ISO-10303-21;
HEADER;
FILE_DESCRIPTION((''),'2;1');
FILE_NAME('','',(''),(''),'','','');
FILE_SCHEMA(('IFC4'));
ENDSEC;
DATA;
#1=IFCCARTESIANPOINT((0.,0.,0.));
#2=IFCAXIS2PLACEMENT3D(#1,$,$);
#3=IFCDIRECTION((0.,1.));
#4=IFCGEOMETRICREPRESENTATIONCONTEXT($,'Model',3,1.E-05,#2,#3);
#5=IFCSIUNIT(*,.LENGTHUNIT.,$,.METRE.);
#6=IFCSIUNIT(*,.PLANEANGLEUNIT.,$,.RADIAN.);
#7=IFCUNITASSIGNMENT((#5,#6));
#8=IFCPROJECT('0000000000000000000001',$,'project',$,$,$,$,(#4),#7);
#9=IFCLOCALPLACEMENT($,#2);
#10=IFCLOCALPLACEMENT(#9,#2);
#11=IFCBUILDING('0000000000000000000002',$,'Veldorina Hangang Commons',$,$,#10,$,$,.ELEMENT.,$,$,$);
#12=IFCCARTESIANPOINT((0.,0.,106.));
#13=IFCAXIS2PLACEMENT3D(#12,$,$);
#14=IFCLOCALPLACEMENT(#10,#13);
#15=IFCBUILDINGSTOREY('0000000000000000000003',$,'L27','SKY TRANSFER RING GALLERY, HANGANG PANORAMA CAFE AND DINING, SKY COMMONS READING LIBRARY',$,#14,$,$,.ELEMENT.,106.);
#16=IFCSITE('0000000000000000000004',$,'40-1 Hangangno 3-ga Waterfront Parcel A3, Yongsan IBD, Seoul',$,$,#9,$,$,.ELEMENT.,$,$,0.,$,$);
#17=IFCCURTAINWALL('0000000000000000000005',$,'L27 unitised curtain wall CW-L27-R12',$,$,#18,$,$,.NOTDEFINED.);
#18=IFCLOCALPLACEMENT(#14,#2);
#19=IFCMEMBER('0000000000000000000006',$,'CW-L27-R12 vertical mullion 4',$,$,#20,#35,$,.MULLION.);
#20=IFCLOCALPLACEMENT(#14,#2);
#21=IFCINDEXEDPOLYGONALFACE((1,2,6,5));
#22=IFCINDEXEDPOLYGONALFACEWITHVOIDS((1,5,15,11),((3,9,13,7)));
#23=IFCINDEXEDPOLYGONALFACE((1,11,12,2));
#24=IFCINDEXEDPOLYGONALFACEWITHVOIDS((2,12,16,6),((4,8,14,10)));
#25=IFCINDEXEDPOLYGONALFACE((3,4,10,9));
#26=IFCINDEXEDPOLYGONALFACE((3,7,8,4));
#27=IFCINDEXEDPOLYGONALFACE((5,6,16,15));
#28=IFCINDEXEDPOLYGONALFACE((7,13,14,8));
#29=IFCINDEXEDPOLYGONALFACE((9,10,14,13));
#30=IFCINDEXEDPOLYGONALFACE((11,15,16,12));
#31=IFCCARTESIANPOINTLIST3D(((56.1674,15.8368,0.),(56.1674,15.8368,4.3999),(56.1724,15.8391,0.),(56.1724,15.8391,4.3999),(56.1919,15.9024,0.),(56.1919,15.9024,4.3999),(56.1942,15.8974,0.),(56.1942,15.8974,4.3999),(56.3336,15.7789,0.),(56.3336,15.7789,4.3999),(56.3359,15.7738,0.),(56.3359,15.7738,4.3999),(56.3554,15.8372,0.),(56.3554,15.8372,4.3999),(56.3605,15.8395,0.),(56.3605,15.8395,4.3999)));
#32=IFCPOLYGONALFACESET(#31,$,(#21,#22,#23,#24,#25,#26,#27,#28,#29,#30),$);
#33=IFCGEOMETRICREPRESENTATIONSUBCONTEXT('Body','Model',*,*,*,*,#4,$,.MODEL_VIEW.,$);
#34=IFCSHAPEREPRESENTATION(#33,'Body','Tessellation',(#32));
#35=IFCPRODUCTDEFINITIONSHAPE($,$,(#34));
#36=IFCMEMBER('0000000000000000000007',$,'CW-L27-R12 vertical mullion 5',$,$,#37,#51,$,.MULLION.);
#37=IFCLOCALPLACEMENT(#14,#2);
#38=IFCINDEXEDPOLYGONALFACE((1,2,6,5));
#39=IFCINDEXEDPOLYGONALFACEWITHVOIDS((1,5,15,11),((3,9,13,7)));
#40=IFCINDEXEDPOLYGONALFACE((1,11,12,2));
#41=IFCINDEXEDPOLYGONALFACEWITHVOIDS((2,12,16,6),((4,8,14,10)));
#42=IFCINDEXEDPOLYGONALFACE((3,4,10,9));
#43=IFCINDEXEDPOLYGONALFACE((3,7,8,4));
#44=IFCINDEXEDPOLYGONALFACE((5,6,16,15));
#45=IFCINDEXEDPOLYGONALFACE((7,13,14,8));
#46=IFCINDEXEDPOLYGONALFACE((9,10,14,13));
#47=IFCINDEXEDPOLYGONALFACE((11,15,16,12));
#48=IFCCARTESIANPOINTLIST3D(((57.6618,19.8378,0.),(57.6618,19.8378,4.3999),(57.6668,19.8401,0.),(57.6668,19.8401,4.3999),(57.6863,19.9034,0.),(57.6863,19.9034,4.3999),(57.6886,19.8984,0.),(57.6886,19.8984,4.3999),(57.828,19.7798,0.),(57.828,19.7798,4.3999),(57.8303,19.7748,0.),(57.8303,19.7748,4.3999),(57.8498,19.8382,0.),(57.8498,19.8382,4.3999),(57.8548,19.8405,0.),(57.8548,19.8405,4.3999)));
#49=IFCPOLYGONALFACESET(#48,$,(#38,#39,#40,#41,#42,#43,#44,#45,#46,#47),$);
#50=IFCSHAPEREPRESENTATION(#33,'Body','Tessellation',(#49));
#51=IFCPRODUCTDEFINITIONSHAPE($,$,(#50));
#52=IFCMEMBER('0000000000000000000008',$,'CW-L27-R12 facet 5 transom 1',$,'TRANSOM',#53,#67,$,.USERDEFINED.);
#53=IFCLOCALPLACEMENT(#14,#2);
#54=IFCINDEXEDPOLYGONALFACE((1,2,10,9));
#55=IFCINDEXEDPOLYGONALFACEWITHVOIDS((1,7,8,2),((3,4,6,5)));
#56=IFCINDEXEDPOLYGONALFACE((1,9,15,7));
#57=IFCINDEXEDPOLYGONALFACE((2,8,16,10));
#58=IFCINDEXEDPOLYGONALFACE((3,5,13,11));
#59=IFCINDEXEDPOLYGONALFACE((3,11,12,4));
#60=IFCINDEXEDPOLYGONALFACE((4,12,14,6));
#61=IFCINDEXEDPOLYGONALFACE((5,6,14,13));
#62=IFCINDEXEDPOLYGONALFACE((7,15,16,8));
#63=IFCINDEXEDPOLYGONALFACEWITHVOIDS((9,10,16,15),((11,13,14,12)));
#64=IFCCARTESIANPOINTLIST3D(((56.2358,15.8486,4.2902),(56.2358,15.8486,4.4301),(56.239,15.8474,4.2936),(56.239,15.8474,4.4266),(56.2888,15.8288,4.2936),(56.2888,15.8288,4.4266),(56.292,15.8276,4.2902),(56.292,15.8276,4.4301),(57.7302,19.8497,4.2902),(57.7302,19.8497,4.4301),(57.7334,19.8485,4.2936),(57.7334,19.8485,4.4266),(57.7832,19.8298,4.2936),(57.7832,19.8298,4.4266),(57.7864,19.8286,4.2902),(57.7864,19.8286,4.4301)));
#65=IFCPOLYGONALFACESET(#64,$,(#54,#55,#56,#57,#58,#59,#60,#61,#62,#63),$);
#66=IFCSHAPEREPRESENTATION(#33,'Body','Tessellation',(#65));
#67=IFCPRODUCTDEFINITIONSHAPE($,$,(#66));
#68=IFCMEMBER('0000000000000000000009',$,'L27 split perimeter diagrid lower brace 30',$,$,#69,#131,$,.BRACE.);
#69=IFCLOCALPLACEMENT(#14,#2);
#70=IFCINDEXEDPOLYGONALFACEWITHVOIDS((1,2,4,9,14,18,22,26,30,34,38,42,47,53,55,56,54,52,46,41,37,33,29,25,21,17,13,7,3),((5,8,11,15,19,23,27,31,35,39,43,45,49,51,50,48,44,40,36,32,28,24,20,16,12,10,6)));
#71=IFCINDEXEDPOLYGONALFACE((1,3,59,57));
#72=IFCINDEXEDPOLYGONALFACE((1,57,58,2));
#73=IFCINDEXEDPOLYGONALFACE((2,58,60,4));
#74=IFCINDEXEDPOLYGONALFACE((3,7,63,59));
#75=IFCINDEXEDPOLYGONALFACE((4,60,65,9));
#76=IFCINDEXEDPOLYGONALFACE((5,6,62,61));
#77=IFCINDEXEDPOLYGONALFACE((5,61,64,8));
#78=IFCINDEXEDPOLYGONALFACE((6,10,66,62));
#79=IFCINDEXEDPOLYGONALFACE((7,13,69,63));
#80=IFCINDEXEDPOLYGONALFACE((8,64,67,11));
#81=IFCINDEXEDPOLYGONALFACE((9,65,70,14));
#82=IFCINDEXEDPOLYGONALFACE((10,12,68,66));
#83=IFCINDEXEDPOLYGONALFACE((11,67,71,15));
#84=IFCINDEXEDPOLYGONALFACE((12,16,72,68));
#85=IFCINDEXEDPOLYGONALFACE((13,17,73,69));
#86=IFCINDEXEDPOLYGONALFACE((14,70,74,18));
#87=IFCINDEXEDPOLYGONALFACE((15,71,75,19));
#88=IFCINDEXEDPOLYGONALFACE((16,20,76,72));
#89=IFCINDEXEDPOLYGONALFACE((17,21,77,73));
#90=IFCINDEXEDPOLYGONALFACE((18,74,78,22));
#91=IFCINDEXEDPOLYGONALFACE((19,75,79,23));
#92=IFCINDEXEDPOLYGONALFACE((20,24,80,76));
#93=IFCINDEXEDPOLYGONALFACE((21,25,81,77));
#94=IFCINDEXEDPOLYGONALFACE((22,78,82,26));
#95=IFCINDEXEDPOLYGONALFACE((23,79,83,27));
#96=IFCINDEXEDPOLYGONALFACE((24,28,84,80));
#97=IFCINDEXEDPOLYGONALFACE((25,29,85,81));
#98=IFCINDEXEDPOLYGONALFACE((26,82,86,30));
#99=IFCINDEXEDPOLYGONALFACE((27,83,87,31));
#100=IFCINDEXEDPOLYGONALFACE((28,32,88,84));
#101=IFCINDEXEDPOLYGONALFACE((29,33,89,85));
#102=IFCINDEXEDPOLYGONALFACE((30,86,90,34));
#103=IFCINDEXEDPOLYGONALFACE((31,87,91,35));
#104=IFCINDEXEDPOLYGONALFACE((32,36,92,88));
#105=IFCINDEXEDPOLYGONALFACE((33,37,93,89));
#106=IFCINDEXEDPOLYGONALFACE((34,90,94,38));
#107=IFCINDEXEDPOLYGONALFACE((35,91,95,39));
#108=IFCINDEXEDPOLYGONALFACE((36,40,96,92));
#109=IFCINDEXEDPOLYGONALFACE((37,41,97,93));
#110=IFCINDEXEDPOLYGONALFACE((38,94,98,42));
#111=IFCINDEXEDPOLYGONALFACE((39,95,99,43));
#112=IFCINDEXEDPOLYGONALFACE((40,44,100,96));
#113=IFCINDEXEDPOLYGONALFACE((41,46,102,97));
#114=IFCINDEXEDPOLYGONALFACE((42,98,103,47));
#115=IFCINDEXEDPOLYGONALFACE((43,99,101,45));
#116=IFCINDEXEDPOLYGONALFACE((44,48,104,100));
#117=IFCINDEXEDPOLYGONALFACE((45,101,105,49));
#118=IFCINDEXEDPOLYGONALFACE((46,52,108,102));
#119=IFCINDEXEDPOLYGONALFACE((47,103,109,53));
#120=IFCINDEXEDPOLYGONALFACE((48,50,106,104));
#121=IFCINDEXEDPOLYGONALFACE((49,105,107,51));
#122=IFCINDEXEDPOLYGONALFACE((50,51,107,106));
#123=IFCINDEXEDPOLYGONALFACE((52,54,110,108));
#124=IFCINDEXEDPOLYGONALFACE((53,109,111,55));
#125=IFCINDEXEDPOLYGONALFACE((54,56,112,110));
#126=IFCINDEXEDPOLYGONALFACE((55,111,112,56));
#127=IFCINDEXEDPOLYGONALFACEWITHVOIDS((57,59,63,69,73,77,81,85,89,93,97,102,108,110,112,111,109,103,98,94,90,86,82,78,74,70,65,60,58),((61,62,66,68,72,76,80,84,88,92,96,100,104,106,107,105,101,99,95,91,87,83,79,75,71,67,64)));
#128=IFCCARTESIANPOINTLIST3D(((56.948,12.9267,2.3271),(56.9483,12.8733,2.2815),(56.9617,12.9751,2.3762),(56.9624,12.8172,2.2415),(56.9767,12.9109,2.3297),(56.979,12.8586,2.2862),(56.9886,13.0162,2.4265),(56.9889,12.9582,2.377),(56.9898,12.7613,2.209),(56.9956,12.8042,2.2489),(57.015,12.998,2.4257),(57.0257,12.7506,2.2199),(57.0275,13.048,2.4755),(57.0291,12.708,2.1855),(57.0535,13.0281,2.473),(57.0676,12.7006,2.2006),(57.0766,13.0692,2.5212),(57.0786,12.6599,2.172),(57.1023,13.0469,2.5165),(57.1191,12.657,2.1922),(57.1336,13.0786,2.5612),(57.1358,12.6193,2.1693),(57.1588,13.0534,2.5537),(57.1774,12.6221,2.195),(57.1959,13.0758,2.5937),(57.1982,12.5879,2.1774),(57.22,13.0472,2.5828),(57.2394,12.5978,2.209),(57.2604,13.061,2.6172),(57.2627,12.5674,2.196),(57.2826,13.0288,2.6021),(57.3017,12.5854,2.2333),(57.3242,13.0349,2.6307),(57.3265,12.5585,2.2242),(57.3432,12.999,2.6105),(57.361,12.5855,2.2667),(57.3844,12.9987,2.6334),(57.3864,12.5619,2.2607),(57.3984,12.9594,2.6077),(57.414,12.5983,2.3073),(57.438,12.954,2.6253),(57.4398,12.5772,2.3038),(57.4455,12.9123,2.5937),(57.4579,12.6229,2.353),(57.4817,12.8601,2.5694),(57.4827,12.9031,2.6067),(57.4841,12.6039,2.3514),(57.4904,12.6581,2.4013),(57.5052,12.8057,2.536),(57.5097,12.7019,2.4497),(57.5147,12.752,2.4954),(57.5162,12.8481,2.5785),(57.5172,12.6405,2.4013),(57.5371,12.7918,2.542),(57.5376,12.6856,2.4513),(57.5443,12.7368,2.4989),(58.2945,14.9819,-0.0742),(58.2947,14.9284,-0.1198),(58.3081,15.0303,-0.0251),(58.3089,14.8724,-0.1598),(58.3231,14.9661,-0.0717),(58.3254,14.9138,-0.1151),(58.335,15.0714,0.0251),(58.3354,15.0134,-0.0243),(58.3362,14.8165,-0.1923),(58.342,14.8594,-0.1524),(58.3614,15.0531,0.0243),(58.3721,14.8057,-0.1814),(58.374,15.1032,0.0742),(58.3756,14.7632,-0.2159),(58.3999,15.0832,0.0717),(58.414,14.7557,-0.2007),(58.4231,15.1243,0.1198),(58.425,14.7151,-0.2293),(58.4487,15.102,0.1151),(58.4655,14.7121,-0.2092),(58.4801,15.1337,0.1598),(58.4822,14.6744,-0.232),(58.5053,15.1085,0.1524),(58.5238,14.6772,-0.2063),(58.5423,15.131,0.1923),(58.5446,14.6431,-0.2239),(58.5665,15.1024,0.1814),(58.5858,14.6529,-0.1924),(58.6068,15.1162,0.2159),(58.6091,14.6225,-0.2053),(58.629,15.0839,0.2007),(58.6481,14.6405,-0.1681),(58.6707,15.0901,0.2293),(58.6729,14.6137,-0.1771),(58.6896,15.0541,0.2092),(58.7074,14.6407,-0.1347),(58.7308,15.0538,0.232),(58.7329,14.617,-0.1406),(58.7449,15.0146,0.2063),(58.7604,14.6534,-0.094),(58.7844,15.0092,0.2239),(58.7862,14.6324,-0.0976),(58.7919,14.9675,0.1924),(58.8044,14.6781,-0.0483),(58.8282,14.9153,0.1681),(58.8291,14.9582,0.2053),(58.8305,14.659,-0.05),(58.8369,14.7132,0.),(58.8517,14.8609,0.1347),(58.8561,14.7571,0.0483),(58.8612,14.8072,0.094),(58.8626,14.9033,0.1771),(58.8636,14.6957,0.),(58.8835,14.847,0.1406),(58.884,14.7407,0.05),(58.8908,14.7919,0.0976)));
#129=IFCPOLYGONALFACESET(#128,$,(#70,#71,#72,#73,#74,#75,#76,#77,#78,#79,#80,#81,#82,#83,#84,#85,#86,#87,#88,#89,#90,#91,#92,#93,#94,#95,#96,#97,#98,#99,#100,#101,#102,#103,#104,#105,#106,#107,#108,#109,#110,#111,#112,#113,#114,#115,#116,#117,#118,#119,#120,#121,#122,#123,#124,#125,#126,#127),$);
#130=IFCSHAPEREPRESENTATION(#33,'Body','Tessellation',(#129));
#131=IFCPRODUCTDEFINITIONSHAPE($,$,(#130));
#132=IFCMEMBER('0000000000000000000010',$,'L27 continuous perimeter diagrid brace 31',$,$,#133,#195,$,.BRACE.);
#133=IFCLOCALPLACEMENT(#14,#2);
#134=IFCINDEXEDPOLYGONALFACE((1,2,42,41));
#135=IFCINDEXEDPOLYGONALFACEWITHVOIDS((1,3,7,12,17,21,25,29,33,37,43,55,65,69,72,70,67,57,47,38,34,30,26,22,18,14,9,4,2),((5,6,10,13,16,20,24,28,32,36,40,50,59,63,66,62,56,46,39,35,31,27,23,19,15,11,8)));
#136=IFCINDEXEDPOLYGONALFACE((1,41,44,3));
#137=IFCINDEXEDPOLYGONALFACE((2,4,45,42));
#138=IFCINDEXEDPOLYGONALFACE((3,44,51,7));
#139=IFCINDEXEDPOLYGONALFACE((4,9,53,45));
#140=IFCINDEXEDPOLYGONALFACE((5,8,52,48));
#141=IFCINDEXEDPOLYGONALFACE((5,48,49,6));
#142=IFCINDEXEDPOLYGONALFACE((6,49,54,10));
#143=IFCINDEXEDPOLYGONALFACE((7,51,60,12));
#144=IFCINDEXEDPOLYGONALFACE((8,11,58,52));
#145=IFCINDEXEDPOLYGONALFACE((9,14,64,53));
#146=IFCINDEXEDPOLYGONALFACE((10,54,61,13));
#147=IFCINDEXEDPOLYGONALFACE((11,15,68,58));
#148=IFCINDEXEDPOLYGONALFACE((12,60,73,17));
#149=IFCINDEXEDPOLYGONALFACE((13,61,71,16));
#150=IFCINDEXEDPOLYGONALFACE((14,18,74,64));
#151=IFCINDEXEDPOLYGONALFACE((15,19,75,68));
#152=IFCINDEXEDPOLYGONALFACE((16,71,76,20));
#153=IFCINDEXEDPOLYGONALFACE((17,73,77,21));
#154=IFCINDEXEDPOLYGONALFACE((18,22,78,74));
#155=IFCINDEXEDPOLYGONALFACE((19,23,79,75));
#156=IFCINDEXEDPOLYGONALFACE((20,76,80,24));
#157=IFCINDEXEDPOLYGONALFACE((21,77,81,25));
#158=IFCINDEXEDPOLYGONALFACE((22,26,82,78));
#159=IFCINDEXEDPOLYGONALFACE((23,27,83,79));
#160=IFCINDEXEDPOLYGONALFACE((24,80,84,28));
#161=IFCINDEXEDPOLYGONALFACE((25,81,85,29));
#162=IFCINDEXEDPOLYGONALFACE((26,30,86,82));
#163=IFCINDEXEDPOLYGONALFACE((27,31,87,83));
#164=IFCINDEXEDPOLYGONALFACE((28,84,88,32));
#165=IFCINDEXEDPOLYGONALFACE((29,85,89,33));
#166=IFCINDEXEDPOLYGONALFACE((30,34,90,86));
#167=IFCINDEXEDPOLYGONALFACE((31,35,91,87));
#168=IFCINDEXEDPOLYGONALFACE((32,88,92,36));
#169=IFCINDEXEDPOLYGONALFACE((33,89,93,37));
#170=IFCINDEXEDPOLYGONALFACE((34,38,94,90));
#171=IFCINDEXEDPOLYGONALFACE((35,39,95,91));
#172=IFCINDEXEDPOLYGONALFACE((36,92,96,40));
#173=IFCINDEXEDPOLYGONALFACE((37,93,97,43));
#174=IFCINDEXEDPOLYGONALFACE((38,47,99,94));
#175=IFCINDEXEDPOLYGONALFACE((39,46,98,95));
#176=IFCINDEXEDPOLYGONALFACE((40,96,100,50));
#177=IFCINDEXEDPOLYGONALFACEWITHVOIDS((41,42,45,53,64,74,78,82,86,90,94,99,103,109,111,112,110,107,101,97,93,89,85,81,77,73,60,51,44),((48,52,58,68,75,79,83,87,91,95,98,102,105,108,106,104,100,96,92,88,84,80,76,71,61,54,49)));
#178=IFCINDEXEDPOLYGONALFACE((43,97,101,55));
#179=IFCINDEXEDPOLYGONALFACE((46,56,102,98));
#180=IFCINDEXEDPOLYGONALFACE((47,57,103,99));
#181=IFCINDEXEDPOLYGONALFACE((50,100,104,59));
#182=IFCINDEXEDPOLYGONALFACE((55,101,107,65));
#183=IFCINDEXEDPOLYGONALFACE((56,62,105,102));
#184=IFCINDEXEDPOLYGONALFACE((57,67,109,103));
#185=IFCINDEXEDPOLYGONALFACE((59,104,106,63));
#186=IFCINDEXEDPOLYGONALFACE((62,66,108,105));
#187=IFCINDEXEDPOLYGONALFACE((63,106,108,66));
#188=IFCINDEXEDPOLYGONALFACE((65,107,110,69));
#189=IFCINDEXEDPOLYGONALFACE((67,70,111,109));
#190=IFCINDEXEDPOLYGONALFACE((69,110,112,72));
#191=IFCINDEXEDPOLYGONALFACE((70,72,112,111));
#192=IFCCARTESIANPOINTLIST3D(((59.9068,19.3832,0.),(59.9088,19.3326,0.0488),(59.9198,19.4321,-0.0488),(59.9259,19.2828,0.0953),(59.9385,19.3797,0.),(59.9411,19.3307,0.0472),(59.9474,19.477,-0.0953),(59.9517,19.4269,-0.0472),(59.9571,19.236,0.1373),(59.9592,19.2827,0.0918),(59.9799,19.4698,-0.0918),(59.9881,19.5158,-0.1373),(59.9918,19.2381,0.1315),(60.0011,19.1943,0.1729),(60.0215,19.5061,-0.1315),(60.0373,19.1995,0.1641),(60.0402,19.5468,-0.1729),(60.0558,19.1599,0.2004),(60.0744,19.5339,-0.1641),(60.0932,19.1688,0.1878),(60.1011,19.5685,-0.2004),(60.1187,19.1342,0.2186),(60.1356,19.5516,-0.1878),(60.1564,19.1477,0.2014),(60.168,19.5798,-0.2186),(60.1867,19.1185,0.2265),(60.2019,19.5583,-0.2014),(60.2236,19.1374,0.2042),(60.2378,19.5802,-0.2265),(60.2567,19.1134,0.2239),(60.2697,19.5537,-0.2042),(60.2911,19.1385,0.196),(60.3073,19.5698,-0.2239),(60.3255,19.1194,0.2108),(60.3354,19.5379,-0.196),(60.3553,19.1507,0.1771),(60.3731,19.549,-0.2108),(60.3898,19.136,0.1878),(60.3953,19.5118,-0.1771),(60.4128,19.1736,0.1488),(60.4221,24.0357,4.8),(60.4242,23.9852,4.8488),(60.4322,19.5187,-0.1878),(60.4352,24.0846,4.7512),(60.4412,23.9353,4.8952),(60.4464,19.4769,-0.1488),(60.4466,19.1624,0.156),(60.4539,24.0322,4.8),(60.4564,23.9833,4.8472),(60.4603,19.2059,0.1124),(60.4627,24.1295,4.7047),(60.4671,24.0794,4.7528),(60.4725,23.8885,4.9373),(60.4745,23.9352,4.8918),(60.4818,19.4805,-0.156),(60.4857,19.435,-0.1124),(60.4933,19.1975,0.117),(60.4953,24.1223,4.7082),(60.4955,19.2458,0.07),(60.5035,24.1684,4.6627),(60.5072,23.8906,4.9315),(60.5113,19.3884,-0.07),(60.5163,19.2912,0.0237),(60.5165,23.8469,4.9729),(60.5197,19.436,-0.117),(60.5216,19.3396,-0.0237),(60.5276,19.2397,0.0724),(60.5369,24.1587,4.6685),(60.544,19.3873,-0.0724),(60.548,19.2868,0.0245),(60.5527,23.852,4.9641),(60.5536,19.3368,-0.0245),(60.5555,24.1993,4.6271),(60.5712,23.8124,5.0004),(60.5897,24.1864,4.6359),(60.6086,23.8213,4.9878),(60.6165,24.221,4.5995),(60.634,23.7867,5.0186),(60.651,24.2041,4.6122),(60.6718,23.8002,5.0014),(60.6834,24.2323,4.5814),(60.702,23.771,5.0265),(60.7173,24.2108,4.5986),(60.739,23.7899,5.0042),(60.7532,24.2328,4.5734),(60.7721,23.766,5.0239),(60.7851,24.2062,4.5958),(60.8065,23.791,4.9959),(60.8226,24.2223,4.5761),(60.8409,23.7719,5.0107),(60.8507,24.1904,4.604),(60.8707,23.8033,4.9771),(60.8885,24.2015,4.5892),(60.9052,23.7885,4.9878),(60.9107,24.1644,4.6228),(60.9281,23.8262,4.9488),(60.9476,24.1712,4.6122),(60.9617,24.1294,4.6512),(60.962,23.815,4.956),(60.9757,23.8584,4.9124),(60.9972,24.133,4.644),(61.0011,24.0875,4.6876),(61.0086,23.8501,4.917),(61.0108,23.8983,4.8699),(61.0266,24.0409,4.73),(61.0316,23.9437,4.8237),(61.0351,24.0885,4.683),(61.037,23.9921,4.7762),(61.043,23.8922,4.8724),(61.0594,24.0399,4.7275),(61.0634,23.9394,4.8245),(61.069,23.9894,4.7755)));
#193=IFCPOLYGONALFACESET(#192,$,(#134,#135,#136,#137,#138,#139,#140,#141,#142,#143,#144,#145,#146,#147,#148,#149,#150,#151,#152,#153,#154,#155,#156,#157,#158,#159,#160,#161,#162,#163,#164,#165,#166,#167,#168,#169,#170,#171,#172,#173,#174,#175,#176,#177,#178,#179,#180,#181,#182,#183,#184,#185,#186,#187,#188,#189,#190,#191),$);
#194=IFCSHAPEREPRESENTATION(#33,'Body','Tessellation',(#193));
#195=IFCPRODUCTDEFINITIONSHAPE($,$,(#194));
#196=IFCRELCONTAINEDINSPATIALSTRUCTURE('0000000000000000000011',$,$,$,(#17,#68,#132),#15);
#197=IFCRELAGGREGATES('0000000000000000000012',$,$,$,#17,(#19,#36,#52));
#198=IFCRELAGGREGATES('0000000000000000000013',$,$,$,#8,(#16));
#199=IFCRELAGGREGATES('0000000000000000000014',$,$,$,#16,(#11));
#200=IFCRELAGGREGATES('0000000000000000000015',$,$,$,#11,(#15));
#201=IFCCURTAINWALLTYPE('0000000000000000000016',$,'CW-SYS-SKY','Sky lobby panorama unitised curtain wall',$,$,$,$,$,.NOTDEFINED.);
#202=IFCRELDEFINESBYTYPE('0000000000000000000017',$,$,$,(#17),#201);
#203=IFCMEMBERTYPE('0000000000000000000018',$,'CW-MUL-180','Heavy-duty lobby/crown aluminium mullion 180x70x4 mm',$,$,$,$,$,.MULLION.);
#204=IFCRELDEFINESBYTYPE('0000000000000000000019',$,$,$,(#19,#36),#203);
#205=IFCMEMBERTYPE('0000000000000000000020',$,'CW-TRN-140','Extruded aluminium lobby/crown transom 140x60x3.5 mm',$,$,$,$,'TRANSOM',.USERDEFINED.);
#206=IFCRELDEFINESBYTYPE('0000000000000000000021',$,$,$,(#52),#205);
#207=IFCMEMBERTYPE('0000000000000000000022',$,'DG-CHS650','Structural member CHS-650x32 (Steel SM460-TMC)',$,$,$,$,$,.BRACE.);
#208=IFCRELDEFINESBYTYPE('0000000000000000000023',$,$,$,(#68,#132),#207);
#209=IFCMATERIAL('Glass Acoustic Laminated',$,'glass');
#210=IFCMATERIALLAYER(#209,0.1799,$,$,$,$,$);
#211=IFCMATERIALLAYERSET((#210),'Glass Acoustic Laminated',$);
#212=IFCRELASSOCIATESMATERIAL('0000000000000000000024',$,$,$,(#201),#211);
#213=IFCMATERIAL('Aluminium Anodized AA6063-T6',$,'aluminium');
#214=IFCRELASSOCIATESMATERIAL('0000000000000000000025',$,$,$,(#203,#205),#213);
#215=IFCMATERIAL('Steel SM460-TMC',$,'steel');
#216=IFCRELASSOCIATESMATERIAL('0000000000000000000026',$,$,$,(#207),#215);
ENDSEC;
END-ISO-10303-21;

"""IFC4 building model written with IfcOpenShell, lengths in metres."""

from ifc_helpers import new_model, si_unit, direction, frame, origin, origin_2d, place, context, subcontext, project, spatial, hollow_rectangle, hollow_circle, extrude, material, layer, layer_set, material_profile, profile_set, type_object, element, aggregate, save


model = new_model("IFC4")

# Units and contexts
model_context = context("Model", 3, precision=1e-05, world=origin(), true_north=direction((0.0, 1.0)))
body_context = subcontext(model_context, "Body", "Model", "MODEL_VIEW")
ifc_project = project(units=[si_unit("LENGTHUNIT", "METRE"), si_unit("PLANEANGLEUNIT", "RADIAN")], contexts=[model_context])

# Site, building, storey
site_placement = place(None, origin())
site = spatial("IfcSite", under=ifc_project, at=site_placement, Name="40-1 Hangangno 3-ga Waterfront Parcel A3, Yongsan IBD, Seoul", CompositionType="ELEMENT", RefElevation=0.0)
building_placement = place(site_placement, origin())
building = spatial("IfcBuilding", under=site, at=building_placement, Name="Veldorina Hangang Commons", CompositionType="ELEMENT")
storey_placement = place(building_placement, frame((0.0, 0.0, 106.0)))
storey = spatial("IfcBuildingStorey", under=building, at=storey_placement, Name="L27", Description="SKY TRANSFER RING GALLERY, HANGANG PANORAMA CAFE AND DINING, SKY COMMONS READING LIBRARY", CompositionType="ELEMENT", Elevation=106.0)

# Shared definitions
ifc_material_1 = material(Name="Steel SM460-TMC", Category="steel")

# Curtain wall, members
ifc_material_2 = material(Name="Glass Acoustic Laminated", Category="glass")
ifc_layer_1 = layer(ifc_material_2, 0.1799)
ifc_layer_set_1 = layer_set([ifc_layer_1], Name="Glass Acoustic Laminated")
curtain_wall_type = type_object("IfcCurtainWallType", Name="CW-SYS-SKY", Description="Sky lobby panorama unitised curtain wall", PredefinedType="NOTDEFINED", material=ifc_layer_set_1)
curtain_wall_placement = place(storey_placement, origin())
curtain_wall = element("IfcCurtainWall", 1, at=curtain_wall_placement, inside=storey, type_object=curtain_wall_type, Name="L27 unitised curtain wall CW-L27-R12", PredefinedType="NOTDEFINED")
ifc_material_3 = material(Name="Aluminium Anodized AA6063-T6", Category="aluminium")
ifc_material_profile_1 = material_profile(ifc_material_3, hollow_rectangle(XDim=0.0701, YDim=0.1799, WallThickness=0.0039, at=origin_2d()), Name="ALU-RHS-180x70x4")
ifc_profile_set_1 = profile_set([ifc_material_profile_1], Name="Aluminium Anodized AA6063-T6")
member_type_1 = type_object("IfcMemberType", Name="CW-MUL-180", Description="Heavy-duty lobby/crown aluminium mullion 180x70x4 mm", PredefinedType="MULLION", material=ifc_profile_set_1)
member_1_placement = place(storey_placement, frame((56.2639, 15.8381, 0.0), z_axis=(0.0, 0.0, 1.0), x_axis=(0.349913, 0.936782, 0.0)))
member_1 = element("IfcMember", 2, at=member_1_placement, type_object=member_type_1, Name="CW-L27-R12 vertical mullion 4", PredefinedType="MULLION", context=body_context, shape_type="SweptSolid", body=[
    extrude(hollow_rectangle(XDim=0.0701, YDim=0.1799, WallThickness=0.0039, at=origin_2d()), origin(), (0.0, 0.0, 1.0), 4.3999),
])
member_2_placement = place(storey_placement, frame((57.7583, 19.8391, 0.0), z_axis=(0.0, 0.0, 1.0), x_axis=(-0.349913, -0.936782, 0.0)))
member_2 = element("IfcMember", 3, at=member_2_placement, type_object=member_type_1, Name="CW-L27-R12 vertical mullion 5", PredefinedType="MULLION", context=body_context, shape_type="SweptSolid", body=[
    extrude(hollow_rectangle(XDim=0.0701, YDim=0.1799, WallThickness=0.0039, at=origin_2d()), origin(), (0.0, 0.0, 1.0), 4.3999),
])
ifc_material_profile_2 = material_profile(ifc_material_3, hollow_rectangle(XDim=0.0601, YDim=0.1399, WallThickness=0.0034, at=origin_2d()), Name="ALU-RHS-140x60x3.5")
ifc_profile_set_2 = profile_set([ifc_material_profile_2], Name="Aluminium Anodized AA6063-T6")
member_type_2 = type_object("IfcMemberType", Name="CW-TRN-140", Description="Extruded aluminium lobby/crown transom 140x60x3.5 mm", ElementType="TRANSOM", PredefinedType="USERDEFINED", material=ifc_profile_set_2)
member_3_placement = place(storey_placement, frame((56.2639, 15.8381, 4.3601), z_axis=(0.349895, 0.936789, 0.0), x_axis=(-0.936789, 0.349895, 0.0)))
member_3 = element("IfcMember", 4, at=member_3_placement, type_object=member_type_2, Name="CW-L27-R12 facet 5 transom 1", ObjectType="TRANSOM", PredefinedType="USERDEFINED", context=body_context, shape_type="SweptSolid", body=[
    extrude(hollow_rectangle(XDim=0.0601, YDim=0.1399, WallThickness=0.0034, at=origin_2d()), origin(), (0.0, 0.0, 1.0), 4.271),
])

# Members
ifc_material_profile_3 = material_profile(ifc_material_1, hollow_circle(Radius=0.325, WallThickness=0.032, at=origin_2d()), Name="CHS-650x32")
ifc_profile_set_3 = profile_set([ifc_material_profile_3], Name="Steel SM460-TMC")
member_type_3 = type_object("IfcMemberType", Name="DG-CHS650", Description="Structural member CHS-650x32 (Steel SM460-TMC)", PredefinedType="BRACE", material=ifc_profile_set_3)
member_4_placement = place(storey_placement, frame((58.5918, 14.8738, 0.0), z_axis=(-0.391909, -0.598204, 0.69897), x_axis=(0.836472, -0.548009, 0.0)))
element("IfcMember", 5, at=member_4_placement, inside=storey, type_object=member_type_3, Name="L27 split perimeter diagrid lower brace 30", PredefinedType="BRACE", context=body_context, shape_type="SweptSolid", body=[
    extrude(hollow_circle(Radius=0.325, WallThickness=0.032, at=origin_2d()), origin(), (0.0, 0.0, 1.0), 3.4355),
])
member_5_placement = place(storey_placement, frame((60.2297, 19.3474, 0.0), z_axis=(0.076869, 0.693932, 0.715926), x_axis=(-0.993921, 0.1101, 0.0)))
element("IfcMember", 6, at=member_5_placement, inside=storey, type_object=member_type_3, Name="L27 continuous perimeter diagrid brace 31", PredefinedType="BRACE", context=body_context, shape_type="SweptSolid", body=[
    extrude(hollow_circle(Radius=0.325, WallThickness=0.032, at=origin_2d()), origin(), (0.0, 0.0, 1.0), 6.7046),
])

aggregate(curtain_wall, [member_1, member_2, member_3])

save(model, "model.ifc")
